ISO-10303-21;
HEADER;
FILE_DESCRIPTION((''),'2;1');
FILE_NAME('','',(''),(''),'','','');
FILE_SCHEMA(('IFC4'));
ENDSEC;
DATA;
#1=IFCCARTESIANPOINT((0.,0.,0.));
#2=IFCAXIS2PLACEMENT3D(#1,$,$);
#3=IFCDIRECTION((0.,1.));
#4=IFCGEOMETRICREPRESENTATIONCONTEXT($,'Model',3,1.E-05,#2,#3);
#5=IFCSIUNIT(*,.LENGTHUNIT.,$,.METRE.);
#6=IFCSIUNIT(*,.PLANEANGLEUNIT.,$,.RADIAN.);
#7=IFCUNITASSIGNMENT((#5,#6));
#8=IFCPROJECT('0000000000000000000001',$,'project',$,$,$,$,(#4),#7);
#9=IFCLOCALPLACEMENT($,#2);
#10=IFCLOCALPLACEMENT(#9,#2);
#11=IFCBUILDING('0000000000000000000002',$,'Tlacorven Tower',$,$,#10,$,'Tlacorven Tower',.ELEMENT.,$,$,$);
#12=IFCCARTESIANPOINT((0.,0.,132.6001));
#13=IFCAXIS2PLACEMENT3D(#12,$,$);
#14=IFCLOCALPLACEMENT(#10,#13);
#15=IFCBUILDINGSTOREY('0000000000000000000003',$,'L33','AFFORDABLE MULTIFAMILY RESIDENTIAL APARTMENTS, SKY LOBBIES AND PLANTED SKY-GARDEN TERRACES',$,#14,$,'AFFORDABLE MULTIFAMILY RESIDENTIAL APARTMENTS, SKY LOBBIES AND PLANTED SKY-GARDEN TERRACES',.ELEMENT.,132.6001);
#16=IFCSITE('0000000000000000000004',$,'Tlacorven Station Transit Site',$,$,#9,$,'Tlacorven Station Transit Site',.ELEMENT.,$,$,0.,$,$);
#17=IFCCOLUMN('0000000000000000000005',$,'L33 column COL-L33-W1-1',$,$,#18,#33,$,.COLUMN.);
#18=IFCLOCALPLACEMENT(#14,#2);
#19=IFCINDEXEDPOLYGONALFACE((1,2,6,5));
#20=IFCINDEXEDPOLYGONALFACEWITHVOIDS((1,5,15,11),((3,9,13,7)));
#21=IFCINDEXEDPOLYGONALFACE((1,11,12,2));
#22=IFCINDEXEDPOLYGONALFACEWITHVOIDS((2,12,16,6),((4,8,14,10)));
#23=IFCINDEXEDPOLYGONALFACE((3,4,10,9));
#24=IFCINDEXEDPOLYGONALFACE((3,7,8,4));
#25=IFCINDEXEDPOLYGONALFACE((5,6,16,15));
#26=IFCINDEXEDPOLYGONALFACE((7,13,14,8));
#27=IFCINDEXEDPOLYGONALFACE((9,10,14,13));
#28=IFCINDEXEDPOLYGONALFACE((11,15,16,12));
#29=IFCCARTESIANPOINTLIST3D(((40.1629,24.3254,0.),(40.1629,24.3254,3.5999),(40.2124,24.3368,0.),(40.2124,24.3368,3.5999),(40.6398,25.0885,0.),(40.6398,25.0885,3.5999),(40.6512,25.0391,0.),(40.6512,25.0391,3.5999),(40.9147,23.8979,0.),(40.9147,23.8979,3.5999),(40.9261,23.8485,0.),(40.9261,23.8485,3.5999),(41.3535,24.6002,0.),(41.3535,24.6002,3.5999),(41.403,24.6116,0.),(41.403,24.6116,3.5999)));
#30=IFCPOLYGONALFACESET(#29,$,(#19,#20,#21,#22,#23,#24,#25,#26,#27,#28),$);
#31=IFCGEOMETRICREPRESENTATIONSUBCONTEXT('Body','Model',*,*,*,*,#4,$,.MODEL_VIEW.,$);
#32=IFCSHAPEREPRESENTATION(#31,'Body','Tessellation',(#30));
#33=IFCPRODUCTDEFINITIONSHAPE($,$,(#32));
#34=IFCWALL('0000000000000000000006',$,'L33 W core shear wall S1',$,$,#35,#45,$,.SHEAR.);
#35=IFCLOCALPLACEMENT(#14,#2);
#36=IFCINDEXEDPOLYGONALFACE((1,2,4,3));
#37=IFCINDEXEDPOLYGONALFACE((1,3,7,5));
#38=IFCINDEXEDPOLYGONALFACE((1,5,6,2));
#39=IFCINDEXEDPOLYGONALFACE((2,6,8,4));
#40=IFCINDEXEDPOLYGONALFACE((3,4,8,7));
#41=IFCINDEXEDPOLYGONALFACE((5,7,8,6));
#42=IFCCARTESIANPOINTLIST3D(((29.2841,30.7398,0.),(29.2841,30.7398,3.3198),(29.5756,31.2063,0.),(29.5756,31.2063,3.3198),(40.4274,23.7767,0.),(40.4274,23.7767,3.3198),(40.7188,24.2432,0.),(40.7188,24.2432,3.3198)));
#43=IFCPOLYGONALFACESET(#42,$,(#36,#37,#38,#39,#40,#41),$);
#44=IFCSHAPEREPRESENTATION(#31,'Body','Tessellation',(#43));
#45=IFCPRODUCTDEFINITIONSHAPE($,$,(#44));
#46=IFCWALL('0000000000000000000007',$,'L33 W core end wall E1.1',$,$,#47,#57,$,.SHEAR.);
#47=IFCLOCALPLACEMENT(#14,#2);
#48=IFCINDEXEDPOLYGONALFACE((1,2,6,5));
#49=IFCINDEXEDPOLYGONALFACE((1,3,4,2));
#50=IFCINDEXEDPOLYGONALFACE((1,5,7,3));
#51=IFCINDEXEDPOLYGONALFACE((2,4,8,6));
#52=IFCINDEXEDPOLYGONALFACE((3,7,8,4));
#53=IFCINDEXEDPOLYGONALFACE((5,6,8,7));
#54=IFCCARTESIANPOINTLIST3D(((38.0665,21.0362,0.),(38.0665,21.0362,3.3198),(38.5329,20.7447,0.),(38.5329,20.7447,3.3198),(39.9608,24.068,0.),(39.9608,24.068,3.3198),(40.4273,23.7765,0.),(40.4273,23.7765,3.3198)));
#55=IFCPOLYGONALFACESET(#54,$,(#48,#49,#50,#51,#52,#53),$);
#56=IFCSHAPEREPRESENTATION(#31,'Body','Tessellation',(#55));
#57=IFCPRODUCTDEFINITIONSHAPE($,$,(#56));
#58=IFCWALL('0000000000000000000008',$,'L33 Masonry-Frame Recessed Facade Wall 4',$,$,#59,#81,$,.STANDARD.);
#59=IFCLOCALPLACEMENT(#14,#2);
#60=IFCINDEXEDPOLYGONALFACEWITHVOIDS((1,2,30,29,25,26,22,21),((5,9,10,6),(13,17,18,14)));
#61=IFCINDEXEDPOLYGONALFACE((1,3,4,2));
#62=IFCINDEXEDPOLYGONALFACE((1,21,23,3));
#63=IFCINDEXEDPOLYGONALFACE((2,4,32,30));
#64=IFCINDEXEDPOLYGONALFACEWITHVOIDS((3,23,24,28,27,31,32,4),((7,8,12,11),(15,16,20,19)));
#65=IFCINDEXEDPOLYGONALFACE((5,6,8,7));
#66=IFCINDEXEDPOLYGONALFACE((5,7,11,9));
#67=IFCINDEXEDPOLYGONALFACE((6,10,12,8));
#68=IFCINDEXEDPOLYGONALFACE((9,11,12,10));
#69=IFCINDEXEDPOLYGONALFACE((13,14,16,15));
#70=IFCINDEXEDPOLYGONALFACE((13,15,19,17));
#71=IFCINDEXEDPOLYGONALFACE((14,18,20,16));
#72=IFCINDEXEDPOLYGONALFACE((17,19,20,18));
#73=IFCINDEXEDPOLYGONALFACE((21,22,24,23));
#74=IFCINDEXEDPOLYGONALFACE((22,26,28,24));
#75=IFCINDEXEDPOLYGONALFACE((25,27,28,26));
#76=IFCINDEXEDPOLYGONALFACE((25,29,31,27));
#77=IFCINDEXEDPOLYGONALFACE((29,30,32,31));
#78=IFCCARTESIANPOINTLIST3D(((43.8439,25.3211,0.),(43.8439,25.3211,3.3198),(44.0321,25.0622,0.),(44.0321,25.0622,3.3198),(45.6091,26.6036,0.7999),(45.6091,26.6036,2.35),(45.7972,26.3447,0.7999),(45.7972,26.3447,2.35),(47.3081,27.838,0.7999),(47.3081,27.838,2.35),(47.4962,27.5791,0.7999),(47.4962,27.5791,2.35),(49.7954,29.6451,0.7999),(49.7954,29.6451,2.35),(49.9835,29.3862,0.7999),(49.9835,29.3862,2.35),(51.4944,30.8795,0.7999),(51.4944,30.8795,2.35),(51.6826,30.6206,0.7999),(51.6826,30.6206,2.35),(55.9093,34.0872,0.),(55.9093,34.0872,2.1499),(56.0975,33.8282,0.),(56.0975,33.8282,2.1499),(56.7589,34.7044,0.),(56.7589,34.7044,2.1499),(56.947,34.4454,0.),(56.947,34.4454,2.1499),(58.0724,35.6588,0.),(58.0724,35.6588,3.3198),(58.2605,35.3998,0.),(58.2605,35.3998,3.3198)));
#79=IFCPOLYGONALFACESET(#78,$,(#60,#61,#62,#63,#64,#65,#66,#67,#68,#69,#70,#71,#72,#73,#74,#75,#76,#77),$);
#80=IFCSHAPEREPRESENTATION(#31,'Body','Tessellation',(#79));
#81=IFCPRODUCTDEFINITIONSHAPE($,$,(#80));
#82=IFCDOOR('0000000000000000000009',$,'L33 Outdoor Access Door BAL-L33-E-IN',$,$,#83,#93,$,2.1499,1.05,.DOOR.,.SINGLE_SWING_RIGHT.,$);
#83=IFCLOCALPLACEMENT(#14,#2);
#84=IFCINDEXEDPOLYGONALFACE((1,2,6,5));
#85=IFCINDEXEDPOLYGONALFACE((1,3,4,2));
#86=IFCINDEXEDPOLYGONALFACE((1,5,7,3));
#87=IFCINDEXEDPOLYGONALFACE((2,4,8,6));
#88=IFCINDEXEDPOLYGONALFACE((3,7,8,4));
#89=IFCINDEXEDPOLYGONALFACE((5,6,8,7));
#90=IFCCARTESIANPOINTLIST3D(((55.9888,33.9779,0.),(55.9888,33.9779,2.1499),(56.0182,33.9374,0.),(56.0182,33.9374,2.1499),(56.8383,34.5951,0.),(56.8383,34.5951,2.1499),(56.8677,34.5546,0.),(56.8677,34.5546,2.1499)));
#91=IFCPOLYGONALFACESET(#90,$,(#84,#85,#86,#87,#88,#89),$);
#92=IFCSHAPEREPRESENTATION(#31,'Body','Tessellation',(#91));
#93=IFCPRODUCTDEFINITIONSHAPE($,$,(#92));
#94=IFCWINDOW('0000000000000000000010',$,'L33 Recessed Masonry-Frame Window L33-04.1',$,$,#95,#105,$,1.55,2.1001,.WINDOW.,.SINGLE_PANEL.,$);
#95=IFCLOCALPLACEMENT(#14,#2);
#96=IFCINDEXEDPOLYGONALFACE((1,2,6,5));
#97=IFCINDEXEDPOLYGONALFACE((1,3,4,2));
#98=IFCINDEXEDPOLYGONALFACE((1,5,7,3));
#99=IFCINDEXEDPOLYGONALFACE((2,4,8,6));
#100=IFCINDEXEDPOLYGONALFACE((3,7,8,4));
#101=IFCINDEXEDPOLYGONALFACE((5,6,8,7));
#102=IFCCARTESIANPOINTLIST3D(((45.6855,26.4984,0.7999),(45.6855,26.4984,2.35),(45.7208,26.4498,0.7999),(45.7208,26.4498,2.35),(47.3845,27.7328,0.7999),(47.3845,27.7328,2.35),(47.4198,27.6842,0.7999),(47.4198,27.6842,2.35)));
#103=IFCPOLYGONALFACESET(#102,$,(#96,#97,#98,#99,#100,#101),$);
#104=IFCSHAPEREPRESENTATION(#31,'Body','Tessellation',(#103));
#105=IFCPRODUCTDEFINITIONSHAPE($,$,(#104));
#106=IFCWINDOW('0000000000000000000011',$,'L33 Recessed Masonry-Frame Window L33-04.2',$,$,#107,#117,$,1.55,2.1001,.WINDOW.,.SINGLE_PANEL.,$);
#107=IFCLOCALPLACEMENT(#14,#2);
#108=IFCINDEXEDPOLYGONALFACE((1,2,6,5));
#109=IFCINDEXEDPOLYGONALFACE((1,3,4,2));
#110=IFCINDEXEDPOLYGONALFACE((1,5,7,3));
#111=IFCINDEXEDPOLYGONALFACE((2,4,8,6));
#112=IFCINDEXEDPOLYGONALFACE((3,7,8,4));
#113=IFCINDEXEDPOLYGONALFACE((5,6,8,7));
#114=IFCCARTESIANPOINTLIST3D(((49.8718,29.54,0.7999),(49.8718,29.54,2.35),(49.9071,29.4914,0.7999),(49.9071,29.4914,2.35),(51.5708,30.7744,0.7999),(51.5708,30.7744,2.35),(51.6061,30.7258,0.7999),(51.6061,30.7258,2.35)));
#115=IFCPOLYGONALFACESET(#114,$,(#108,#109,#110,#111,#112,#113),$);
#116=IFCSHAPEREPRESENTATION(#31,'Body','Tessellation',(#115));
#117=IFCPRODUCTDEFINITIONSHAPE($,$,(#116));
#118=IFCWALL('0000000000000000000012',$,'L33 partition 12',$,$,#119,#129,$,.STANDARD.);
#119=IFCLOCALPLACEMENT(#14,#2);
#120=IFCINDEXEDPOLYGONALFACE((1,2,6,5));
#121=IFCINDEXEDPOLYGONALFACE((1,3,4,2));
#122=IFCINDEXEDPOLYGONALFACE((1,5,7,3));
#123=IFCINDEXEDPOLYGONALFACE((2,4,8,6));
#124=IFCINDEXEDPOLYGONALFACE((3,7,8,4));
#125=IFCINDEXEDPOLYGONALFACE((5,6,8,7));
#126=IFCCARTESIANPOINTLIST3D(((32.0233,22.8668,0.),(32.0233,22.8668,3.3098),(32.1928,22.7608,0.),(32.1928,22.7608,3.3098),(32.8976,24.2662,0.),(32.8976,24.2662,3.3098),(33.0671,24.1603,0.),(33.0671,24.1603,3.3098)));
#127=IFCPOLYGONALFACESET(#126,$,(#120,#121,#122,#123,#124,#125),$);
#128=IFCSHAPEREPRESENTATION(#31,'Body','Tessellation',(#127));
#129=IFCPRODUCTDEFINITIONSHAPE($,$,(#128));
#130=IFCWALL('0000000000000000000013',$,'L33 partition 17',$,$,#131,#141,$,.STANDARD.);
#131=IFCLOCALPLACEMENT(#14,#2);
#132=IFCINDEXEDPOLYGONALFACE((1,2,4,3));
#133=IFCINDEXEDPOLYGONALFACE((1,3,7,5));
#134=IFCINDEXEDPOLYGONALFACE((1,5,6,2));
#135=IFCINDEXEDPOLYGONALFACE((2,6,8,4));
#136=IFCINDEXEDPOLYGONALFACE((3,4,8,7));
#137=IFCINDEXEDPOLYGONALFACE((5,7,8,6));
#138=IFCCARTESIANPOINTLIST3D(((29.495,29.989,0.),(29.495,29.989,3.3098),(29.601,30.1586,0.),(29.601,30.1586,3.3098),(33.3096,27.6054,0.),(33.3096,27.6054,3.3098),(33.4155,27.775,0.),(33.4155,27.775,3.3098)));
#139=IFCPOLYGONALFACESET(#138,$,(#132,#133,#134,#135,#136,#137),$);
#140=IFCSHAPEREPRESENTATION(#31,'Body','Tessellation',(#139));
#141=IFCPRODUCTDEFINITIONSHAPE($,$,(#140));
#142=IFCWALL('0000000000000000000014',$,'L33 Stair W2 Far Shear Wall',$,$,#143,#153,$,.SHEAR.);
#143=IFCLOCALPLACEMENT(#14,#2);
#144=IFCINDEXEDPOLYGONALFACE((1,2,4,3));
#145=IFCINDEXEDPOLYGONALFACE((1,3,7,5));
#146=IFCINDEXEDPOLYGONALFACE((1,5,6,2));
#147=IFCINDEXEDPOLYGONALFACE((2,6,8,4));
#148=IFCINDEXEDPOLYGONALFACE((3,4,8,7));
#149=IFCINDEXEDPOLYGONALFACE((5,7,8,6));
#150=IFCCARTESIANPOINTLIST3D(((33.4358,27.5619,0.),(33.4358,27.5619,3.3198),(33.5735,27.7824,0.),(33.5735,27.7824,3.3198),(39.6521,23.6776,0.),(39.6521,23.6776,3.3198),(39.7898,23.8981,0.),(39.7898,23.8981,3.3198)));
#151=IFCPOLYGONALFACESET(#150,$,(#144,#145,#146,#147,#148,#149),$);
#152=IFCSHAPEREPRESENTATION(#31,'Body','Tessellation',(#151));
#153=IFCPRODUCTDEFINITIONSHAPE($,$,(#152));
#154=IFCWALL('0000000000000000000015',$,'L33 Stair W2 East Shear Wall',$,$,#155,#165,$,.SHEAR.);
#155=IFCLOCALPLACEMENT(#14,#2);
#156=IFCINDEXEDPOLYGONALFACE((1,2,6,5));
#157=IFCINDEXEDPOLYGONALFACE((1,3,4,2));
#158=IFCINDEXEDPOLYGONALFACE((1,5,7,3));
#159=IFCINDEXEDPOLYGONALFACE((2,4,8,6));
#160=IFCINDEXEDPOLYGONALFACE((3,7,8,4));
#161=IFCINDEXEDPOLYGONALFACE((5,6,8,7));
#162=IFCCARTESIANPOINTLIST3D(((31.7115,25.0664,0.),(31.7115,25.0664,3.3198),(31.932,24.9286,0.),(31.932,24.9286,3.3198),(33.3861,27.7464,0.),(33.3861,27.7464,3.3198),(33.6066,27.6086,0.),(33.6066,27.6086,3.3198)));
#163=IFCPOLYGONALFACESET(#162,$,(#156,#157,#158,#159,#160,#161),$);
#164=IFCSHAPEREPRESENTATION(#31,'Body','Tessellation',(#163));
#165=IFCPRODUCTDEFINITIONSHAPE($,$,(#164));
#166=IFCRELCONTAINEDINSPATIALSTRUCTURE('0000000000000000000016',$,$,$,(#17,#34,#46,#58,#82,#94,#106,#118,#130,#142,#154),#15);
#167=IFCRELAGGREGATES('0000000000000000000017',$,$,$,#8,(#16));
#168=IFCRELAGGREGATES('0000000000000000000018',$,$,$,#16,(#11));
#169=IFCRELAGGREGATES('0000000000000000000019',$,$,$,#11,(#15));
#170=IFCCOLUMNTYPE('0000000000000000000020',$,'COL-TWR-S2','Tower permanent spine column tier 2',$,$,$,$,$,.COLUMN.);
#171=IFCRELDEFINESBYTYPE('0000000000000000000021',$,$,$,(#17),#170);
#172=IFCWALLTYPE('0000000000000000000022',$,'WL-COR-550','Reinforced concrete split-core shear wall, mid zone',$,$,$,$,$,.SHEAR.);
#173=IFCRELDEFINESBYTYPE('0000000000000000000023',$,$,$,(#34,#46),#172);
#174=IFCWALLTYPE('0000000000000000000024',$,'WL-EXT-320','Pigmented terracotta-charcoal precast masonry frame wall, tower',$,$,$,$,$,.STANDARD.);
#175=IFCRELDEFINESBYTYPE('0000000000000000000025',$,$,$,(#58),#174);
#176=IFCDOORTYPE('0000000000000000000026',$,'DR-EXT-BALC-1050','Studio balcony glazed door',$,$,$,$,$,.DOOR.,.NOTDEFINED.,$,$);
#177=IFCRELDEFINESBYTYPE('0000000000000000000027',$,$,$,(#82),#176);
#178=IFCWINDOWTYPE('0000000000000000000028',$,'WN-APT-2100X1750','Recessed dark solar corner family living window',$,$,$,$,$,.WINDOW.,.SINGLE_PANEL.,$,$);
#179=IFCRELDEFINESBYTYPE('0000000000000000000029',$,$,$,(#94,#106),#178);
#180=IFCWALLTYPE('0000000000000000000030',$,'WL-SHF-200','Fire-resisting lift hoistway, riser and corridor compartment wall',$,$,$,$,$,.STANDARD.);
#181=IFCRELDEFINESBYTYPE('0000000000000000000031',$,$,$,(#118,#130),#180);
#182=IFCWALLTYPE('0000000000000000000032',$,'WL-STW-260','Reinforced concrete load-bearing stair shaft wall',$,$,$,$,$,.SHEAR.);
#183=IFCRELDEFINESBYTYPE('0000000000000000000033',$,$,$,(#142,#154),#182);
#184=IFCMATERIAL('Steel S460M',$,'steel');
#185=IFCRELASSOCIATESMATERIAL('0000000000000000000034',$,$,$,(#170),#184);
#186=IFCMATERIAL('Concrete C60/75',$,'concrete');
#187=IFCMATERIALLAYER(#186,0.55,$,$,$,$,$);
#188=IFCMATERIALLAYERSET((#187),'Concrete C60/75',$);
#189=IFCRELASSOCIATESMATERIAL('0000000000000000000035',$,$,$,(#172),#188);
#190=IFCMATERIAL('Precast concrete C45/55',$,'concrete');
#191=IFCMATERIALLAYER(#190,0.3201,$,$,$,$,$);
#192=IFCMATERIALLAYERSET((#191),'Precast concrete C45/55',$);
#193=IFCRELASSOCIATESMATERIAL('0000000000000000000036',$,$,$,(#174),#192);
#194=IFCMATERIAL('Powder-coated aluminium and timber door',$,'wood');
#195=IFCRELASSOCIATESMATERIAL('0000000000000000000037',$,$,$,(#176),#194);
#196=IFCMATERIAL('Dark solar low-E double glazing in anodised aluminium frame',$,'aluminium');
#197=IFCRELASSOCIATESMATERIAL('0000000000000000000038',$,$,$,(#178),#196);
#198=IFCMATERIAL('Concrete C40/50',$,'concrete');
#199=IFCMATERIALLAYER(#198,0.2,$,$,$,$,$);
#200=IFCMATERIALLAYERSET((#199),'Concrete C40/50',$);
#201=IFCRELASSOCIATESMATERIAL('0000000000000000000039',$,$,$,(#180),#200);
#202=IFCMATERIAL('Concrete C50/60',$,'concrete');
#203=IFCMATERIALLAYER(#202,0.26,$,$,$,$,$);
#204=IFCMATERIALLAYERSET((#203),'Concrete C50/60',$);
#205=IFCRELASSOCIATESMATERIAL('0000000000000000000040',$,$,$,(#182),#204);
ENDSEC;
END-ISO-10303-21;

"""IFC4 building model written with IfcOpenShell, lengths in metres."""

from ifc_helpers import new_model, si_unit, direction, frame, frame_2d, origin, origin_2d, place, context, subcontext, project, spatial, rectangle, hollow_rectangle, extrude, source, transform, mapped, material, layer, layer_set, material_profile, profile_set, type_object, element, fill, save


model = new_model("IFC4")

# Units and contexts
model_context = context("Model", 3, precision=1e-05, world=origin(), true_north=direction((0.0, 1.0)))
body_context = subcontext(model_context, "Body", "Model", "MODEL_VIEW")
ifc_project = project(units=[si_unit("LENGTHUNIT", "METRE"), si_unit("PLANEANGLEUNIT", "RADIAN")], contexts=[model_context])

# Site, building, storey
site_placement = place(None, origin())
site = spatial("IfcSite", under=ifc_project, at=site_placement, Name="Tlacorven Station Transit Site", LongName="Tlacorven Station Transit Site", CompositionType="ELEMENT", RefElevation=0.0)
building_placement = place(site_placement, origin())
building = spatial("IfcBuilding", under=site, at=building_placement, Name="Tlacorven Tower", LongName="Tlacorven Tower", CompositionType="ELEMENT")
storey_placement = place(building_placement, frame((0.0, 0.0, 132.6001)))
storey = spatial("IfcBuildingStorey", under=building, at=storey_placement, Name="L33", Description="AFFORDABLE MULTIFAMILY RESIDENTIAL APARTMENTS, SKY LOBBIES AND PLANTED SKY-GARDEN TERRACES", LongName="AFFORDABLE MULTIFAMILY RESIDENTIAL APARTMENTS, SKY LOBBIES AND PLANTED SKY-GARDEN TERRACES", CompositionType="ELEMENT", Elevation=132.6001)

# Column
ifc_material_1 = material(Name="Steel S460M", Category="steel")
ifc_material_profile = material_profile(ifc_material_1, hollow_rectangle(XDim=0.8999, YDim=0.8999, WallThickness=0.0359, at=origin_2d()), Name="BOX 900X900X36")
ifc_profile_set = profile_set([ifc_material_profile], Name="Steel S460M")
column_type = type_object("IfcColumnType", Name="COL-TWR-S2", Description="Tower permanent spine column tier 2", PredefinedType="COLUMN", material=ifc_profile_set)
shared_shape_1 = source(origin(), body_context, "Body", "SweptSolid", [
    extrude(hollow_rectangle(XDim=0.8999, YDim=0.8999, WallThickness=0.0359, at=origin_2d()), origin(), (0.0, 0.0, 1.0), 3.5999),
])
column_placement = place(storey_placement, frame((40.783, 24.4685, 0.0), z_axis=(0.0, 0.0, 1.0), x_axis=(-0.848048, 0.529919, 0.0)))
element("IfcColumn", 1, at=column_placement, inside=storey, type_object=column_type, Name="L33 column COL-L33-W1-1", PredefinedType="COLUMN", context=body_context, shape_type="MappedRepresentation", body=[
    mapped(shared_shape_1, transform((0.0, 0.0, 0.0), scale=1.0)),
])

# Walls
ifc_material_2 = material(Name="Concrete C60/75", Category="concrete")
ifc_layer_1 = layer(ifc_material_2, 0.55)
ifc_layer_set_1 = layer_set([ifc_layer_1], Name="Concrete C60/75")
wall_type_1 = type_object("IfcWallType", Name="WL-COR-550", Description="Reinforced concrete split-core shear wall, mid zone", PredefinedType="SHEAR", material=ifc_layer_set_1)
wall_1_placement = place(storey_placement, frame((40.573, 24.01, 0.0), z_axis=(0.0, 0.0, 1.0), x_axis=(-0.848047, 0.52992, 0.0)))
element("IfcWall", 2, at=wall_1_placement, inside=storey, type_object=wall_type_1, Name="L33 W core shear wall S1", PredefinedType="SHEAR", context=body_context, shape_type="SweptSolid", body=[
    extrude(rectangle(XDim=13.1399, YDim=0.55, at=frame_2d((6.5698, 0.0))), origin(), (0.0, 0.0, 1.0), 3.3198),
])
wall_2_placement = place(storey_placement, frame((40.1941, 23.9224, 0.0), z_axis=(0.0, 0.0, 1.0), x_axis=(-0.529888, -0.848067, 0.0)))
element("IfcWall", 3, at=wall_2_placement, inside=storey, type_object=wall_type_1, Name="L33 W core end wall E1.1", PredefinedType="SHEAR", context=body_context, shape_type="SweptSolid", body=[
    extrude(rectangle(XDim=3.575, YDim=0.55, at=frame_2d((1.7876, 0.0))), origin(), (0.0, 0.0, 1.0), 3.3198),
])

# Wall, openings, door, windows
ifc_material_3 = material(Name="Precast concrete C45/55", Category="concrete")
ifc_layer_2 = layer(ifc_material_3, 0.3201)
ifc_layer_set_2 = layer_set([ifc_layer_2], Name="Precast concrete C45/55")
wall_type_2 = type_object("IfcWallType", Name="WL-EXT-320", Description="Pigmented terracotta-charcoal precast masonry frame wall, tower", PredefinedType="STANDARD", material=ifc_layer_set_2)
wall_3_placement = place(storey_placement, frame((43.938, 25.1917, 0.0), z_axis=(0.0, 0.0, 1.0), x_axis=(0.809016, 0.587786, 0.0)))
wall_3 = element("IfcWall", 4, at=wall_3_placement, inside=storey, type_object=wall_type_2, Name="L33 Masonry-Frame Recessed Facade Wall 4", PredefinedType="STANDARD", context=body_context, shape_type="SweptSolid", body=[
    extrude(rectangle(XDim=17.5874, YDim=0.3201, at=frame_2d((8.7937, 0.0))), origin(), (0.0, 0.0, 1.0), 3.3198),
])
opening_1_placement = place(wall_3_placement, frame((14.9138, 0.0, 0.0)))
opening_1 = element("IfcOpeningElement", 5, at=opening_1_placement, cuts=wall_3, PredefinedType="OPENING", context=body_context, shape_type="SweptSolid", body=[
    extrude(rectangle(XDim=1.05, YDim=2.1499, at=frame_2d((0.5249, 1.075))), frame((0.0, 0.1699, 0.0), z_axis=(0.0, -1.0, 0.0), x_axis=(1.0, 0.0, 0.0)), (0.0, 0.0, 1.0), 0.3401),
])
opening_2_placement = place(wall_3_placement, frame((2.1819, 0.0, 0.8)))
opening_2 = element("IfcOpeningElement", 6, at=opening_2_placement, cuts=wall_3, PredefinedType="OPENING", context=body_context, shape_type="SweptSolid", body=[
    extrude(rectangle(XDim=2.1001, YDim=1.55, at=frame_2d((1.05, 0.7749))), frame((0.0, 0.1699, 0.0), z_axis=(0.0, -1.0, 0.0), x_axis=(1.0, 0.0, 0.0)), (0.0, 0.0, 1.0), 0.3401),
])
opening_3_placement = place(wall_3_placement, frame((7.3564, 0.0, 0.8)))
opening_3 = element("IfcOpeningElement", 7, at=opening_3_placement, cuts=wall_3, PredefinedType="OPENING", context=body_context, shape_type="SweptSolid", body=[
    extrude(rectangle(XDim=2.1001, YDim=1.55, at=frame_2d((1.05, 0.7749))), frame((0.0, 0.1699, 0.0), z_axis=(0.0, -1.0, 0.0), x_axis=(1.0, 0.0, 0.0)), (0.0, 0.0, 1.0), 0.3401),
])
ifc_material_4 = material(Name="Powder-coated aluminium and timber door", Category="wood")
door_type = type_object("IfcDoorType", Name="DR-EXT-BALC-1050", Description="Studio balcony glazed door", OperationType="NOTDEFINED", PredefinedType="DOOR", material=ifc_material_4)
shared_shape_2 = source(origin(), body_context, "Body", "SweptSolid", [
    extrude(rectangle(XDim=1.05, YDim=2.1499, at=frame_2d((0.5249, 1.075))), frame((0.0, 0.0249, 0.0), z_axis=(0.0, -1.0, 0.0), x_axis=(1.0, 0.0, 0.0)), (0.0, 0.0, 1.0), 0.05),
])
door_placement = place(opening_1_placement, origin())
door = element("IfcDoor", 8, at=door_placement, inside=storey, type_object=door_type, Name="L33 Outdoor Access Door BAL-L33-E-IN", OperationType="SINGLE_SWING_RIGHT", OverallHeight=2.1499, OverallWidth=1.05, PredefinedType="DOOR", context=body_context, shape_type="MappedRepresentation", body=[
    mapped(shared_shape_2, transform((0.0, 0.0, 0.0), scale=1.0)),
])
fill(opening_1, door)
ifc_material_5 = material(Name="Dark solar low-E double glazing in anodised aluminium frame", Category="aluminium")
window_type = type_object("IfcWindowType", Name="WN-APT-2100X1750", Description="Recessed dark solar corner family living window", PartitioningType="SINGLE_PANEL", PredefinedType="WINDOW", material=ifc_material_5)
shared_shape_3 = source(origin(), body_context, "Body", "SweptSolid", [
    extrude(rectangle(XDim=2.1001, YDim=1.55, at=frame_2d((1.05, 0.7749))), frame((0.0, 0.03, 0.0), z_axis=(0.0, -1.0, 0.0), x_axis=(1.0, 0.0, 0.0)), (0.0, 0.0, 1.0), 0.0601),
])
window_1_placement = place(opening_2_placement, origin())
window_1 = element("IfcWindow", 9, at=window_1_placement, inside=storey, type_object=window_type, Name="L33 Recessed Masonry-Frame Window L33-04.1", OverallHeight=1.55, OverallWidth=2.1001, PartitioningType="SINGLE_PANEL", PredefinedType="WINDOW", context=body_context, shape_type="MappedRepresentation", body=[
    mapped(shared_shape_3, transform((0.0, 0.0, 0.0), scale=1.0)),
])
fill(opening_2, window_1)
window_2_placement = place(opening_3_placement, origin())
window_2 = element("IfcWindow", 10, at=window_2_placement, inside=storey, type_object=window_type, Name="L33 Recessed Masonry-Frame Window L33-04.2", OverallHeight=1.55, OverallWidth=2.1001, PartitioningType="SINGLE_PANEL", PredefinedType="WINDOW", context=body_context, shape_type="MappedRepresentation", body=[
    mapped(shared_shape_3, transform((0.0, 0.0, 0.0), scale=1.0)),
])
fill(opening_3, window_2)

# Walls
ifc_material_6 = material(Name="Concrete C40/50", Category="concrete")
ifc_layer_3 = layer(ifc_material_6, 0.2)
ifc_layer_set_3 = layer_set([ifc_layer_3], Name="Concrete C40/50")
wall_type_3 = type_object("IfcWallType", Name="WL-SHF-200", Description="Fire-resisting lift hoistway, riser and corridor compartment wall", PredefinedType="STANDARD", material=ifc_layer_set_3)
wall_4_placement = place(storey_placement, frame((32.9824, 24.2134, 0.0), z_axis=(0.0, 0.0, 1.0), x_axis=(-0.529839, -0.848098, 0.0)))
element("IfcWall", 11, at=wall_4_placement, inside=storey, type_object=wall_type_3, Name="L33 partition 12", PredefinedType="STANDARD", context=body_context, shape_type="SweptSolid", body=[
    extrude(rectangle(XDim=1.6501, YDim=0.2, at=frame_2d((0.8252, 0.0))), origin(), (0.0, 0.0, 1.0), 3.3098),
])
wall_5_placement = place(storey_placement, frame((33.3625, 27.6902, 0.0), z_axis=(0.0, 0.0, 1.0), x_axis=(-0.848047, 0.529921, 0.0)))
element("IfcWall", 12, at=wall_5_placement, inside=storey, type_object=wall_type_3, Name="L33 partition 17", PredefinedType="STANDARD", context=body_context, shape_type="SweptSolid", body=[
    extrude(rectangle(XDim=4.498, YDim=0.2, at=frame_2d((2.249, 0.0))), origin(), (0.0, 0.0, 1.0), 3.3098),
])
ifc_material_7 = material(Name="Concrete C50/60", Category="concrete")
ifc_layer_4 = layer(ifc_material_7, 0.26)
ifc_layer_set_4 = layer_set([ifc_layer_4], Name="Concrete C50/60")
wall_type_4 = type_object("IfcWallType", Name="WL-STW-260", Description="Reinforced concrete load-bearing stair shaft wall", PredefinedType="SHEAR", material=ifc_layer_set_4)
wall_6_placement = place(storey_placement, frame((39.7209, 23.7878, 0.0), z_axis=(0.0, 0.0, 1.0), x_axis=(-0.848054, 0.529909, 0.0)))
element("IfcWall", 13, at=wall_6_placement, inside=storey, type_object=wall_type_4, Name="L33 Stair W2 Far Shear Wall", PredefinedType="SHEAR", context=body_context, shape_type="SweptSolid", body=[
    extrude(rectangle(XDim=7.3301, YDim=0.26, at=frame_2d((3.665, 0.0))), origin(), (0.0, 0.0, 1.0), 3.3198),
])
wall_7_placement = place(storey_placement, frame((33.4963, 27.6775, 0.0), z_axis=(0.0, 0.0, 1.0), x_axis=(-0.529909, -0.848055, 0.0)))
element("IfcWall", 14, at=wall_7_placement, inside=storey, type_object=wall_type_4, Name="L33 Stair W2 East Shear Wall", PredefinedType="SHEAR", context=body_context, shape_type="SweptSolid", body=[
    extrude(rectangle(XDim=3.1602, YDim=0.26, at=frame_2d((1.5801, 0.0))), origin(), (0.0, 0.0, 1.0), 3.3198),
])

save(model, "model.ifc")
